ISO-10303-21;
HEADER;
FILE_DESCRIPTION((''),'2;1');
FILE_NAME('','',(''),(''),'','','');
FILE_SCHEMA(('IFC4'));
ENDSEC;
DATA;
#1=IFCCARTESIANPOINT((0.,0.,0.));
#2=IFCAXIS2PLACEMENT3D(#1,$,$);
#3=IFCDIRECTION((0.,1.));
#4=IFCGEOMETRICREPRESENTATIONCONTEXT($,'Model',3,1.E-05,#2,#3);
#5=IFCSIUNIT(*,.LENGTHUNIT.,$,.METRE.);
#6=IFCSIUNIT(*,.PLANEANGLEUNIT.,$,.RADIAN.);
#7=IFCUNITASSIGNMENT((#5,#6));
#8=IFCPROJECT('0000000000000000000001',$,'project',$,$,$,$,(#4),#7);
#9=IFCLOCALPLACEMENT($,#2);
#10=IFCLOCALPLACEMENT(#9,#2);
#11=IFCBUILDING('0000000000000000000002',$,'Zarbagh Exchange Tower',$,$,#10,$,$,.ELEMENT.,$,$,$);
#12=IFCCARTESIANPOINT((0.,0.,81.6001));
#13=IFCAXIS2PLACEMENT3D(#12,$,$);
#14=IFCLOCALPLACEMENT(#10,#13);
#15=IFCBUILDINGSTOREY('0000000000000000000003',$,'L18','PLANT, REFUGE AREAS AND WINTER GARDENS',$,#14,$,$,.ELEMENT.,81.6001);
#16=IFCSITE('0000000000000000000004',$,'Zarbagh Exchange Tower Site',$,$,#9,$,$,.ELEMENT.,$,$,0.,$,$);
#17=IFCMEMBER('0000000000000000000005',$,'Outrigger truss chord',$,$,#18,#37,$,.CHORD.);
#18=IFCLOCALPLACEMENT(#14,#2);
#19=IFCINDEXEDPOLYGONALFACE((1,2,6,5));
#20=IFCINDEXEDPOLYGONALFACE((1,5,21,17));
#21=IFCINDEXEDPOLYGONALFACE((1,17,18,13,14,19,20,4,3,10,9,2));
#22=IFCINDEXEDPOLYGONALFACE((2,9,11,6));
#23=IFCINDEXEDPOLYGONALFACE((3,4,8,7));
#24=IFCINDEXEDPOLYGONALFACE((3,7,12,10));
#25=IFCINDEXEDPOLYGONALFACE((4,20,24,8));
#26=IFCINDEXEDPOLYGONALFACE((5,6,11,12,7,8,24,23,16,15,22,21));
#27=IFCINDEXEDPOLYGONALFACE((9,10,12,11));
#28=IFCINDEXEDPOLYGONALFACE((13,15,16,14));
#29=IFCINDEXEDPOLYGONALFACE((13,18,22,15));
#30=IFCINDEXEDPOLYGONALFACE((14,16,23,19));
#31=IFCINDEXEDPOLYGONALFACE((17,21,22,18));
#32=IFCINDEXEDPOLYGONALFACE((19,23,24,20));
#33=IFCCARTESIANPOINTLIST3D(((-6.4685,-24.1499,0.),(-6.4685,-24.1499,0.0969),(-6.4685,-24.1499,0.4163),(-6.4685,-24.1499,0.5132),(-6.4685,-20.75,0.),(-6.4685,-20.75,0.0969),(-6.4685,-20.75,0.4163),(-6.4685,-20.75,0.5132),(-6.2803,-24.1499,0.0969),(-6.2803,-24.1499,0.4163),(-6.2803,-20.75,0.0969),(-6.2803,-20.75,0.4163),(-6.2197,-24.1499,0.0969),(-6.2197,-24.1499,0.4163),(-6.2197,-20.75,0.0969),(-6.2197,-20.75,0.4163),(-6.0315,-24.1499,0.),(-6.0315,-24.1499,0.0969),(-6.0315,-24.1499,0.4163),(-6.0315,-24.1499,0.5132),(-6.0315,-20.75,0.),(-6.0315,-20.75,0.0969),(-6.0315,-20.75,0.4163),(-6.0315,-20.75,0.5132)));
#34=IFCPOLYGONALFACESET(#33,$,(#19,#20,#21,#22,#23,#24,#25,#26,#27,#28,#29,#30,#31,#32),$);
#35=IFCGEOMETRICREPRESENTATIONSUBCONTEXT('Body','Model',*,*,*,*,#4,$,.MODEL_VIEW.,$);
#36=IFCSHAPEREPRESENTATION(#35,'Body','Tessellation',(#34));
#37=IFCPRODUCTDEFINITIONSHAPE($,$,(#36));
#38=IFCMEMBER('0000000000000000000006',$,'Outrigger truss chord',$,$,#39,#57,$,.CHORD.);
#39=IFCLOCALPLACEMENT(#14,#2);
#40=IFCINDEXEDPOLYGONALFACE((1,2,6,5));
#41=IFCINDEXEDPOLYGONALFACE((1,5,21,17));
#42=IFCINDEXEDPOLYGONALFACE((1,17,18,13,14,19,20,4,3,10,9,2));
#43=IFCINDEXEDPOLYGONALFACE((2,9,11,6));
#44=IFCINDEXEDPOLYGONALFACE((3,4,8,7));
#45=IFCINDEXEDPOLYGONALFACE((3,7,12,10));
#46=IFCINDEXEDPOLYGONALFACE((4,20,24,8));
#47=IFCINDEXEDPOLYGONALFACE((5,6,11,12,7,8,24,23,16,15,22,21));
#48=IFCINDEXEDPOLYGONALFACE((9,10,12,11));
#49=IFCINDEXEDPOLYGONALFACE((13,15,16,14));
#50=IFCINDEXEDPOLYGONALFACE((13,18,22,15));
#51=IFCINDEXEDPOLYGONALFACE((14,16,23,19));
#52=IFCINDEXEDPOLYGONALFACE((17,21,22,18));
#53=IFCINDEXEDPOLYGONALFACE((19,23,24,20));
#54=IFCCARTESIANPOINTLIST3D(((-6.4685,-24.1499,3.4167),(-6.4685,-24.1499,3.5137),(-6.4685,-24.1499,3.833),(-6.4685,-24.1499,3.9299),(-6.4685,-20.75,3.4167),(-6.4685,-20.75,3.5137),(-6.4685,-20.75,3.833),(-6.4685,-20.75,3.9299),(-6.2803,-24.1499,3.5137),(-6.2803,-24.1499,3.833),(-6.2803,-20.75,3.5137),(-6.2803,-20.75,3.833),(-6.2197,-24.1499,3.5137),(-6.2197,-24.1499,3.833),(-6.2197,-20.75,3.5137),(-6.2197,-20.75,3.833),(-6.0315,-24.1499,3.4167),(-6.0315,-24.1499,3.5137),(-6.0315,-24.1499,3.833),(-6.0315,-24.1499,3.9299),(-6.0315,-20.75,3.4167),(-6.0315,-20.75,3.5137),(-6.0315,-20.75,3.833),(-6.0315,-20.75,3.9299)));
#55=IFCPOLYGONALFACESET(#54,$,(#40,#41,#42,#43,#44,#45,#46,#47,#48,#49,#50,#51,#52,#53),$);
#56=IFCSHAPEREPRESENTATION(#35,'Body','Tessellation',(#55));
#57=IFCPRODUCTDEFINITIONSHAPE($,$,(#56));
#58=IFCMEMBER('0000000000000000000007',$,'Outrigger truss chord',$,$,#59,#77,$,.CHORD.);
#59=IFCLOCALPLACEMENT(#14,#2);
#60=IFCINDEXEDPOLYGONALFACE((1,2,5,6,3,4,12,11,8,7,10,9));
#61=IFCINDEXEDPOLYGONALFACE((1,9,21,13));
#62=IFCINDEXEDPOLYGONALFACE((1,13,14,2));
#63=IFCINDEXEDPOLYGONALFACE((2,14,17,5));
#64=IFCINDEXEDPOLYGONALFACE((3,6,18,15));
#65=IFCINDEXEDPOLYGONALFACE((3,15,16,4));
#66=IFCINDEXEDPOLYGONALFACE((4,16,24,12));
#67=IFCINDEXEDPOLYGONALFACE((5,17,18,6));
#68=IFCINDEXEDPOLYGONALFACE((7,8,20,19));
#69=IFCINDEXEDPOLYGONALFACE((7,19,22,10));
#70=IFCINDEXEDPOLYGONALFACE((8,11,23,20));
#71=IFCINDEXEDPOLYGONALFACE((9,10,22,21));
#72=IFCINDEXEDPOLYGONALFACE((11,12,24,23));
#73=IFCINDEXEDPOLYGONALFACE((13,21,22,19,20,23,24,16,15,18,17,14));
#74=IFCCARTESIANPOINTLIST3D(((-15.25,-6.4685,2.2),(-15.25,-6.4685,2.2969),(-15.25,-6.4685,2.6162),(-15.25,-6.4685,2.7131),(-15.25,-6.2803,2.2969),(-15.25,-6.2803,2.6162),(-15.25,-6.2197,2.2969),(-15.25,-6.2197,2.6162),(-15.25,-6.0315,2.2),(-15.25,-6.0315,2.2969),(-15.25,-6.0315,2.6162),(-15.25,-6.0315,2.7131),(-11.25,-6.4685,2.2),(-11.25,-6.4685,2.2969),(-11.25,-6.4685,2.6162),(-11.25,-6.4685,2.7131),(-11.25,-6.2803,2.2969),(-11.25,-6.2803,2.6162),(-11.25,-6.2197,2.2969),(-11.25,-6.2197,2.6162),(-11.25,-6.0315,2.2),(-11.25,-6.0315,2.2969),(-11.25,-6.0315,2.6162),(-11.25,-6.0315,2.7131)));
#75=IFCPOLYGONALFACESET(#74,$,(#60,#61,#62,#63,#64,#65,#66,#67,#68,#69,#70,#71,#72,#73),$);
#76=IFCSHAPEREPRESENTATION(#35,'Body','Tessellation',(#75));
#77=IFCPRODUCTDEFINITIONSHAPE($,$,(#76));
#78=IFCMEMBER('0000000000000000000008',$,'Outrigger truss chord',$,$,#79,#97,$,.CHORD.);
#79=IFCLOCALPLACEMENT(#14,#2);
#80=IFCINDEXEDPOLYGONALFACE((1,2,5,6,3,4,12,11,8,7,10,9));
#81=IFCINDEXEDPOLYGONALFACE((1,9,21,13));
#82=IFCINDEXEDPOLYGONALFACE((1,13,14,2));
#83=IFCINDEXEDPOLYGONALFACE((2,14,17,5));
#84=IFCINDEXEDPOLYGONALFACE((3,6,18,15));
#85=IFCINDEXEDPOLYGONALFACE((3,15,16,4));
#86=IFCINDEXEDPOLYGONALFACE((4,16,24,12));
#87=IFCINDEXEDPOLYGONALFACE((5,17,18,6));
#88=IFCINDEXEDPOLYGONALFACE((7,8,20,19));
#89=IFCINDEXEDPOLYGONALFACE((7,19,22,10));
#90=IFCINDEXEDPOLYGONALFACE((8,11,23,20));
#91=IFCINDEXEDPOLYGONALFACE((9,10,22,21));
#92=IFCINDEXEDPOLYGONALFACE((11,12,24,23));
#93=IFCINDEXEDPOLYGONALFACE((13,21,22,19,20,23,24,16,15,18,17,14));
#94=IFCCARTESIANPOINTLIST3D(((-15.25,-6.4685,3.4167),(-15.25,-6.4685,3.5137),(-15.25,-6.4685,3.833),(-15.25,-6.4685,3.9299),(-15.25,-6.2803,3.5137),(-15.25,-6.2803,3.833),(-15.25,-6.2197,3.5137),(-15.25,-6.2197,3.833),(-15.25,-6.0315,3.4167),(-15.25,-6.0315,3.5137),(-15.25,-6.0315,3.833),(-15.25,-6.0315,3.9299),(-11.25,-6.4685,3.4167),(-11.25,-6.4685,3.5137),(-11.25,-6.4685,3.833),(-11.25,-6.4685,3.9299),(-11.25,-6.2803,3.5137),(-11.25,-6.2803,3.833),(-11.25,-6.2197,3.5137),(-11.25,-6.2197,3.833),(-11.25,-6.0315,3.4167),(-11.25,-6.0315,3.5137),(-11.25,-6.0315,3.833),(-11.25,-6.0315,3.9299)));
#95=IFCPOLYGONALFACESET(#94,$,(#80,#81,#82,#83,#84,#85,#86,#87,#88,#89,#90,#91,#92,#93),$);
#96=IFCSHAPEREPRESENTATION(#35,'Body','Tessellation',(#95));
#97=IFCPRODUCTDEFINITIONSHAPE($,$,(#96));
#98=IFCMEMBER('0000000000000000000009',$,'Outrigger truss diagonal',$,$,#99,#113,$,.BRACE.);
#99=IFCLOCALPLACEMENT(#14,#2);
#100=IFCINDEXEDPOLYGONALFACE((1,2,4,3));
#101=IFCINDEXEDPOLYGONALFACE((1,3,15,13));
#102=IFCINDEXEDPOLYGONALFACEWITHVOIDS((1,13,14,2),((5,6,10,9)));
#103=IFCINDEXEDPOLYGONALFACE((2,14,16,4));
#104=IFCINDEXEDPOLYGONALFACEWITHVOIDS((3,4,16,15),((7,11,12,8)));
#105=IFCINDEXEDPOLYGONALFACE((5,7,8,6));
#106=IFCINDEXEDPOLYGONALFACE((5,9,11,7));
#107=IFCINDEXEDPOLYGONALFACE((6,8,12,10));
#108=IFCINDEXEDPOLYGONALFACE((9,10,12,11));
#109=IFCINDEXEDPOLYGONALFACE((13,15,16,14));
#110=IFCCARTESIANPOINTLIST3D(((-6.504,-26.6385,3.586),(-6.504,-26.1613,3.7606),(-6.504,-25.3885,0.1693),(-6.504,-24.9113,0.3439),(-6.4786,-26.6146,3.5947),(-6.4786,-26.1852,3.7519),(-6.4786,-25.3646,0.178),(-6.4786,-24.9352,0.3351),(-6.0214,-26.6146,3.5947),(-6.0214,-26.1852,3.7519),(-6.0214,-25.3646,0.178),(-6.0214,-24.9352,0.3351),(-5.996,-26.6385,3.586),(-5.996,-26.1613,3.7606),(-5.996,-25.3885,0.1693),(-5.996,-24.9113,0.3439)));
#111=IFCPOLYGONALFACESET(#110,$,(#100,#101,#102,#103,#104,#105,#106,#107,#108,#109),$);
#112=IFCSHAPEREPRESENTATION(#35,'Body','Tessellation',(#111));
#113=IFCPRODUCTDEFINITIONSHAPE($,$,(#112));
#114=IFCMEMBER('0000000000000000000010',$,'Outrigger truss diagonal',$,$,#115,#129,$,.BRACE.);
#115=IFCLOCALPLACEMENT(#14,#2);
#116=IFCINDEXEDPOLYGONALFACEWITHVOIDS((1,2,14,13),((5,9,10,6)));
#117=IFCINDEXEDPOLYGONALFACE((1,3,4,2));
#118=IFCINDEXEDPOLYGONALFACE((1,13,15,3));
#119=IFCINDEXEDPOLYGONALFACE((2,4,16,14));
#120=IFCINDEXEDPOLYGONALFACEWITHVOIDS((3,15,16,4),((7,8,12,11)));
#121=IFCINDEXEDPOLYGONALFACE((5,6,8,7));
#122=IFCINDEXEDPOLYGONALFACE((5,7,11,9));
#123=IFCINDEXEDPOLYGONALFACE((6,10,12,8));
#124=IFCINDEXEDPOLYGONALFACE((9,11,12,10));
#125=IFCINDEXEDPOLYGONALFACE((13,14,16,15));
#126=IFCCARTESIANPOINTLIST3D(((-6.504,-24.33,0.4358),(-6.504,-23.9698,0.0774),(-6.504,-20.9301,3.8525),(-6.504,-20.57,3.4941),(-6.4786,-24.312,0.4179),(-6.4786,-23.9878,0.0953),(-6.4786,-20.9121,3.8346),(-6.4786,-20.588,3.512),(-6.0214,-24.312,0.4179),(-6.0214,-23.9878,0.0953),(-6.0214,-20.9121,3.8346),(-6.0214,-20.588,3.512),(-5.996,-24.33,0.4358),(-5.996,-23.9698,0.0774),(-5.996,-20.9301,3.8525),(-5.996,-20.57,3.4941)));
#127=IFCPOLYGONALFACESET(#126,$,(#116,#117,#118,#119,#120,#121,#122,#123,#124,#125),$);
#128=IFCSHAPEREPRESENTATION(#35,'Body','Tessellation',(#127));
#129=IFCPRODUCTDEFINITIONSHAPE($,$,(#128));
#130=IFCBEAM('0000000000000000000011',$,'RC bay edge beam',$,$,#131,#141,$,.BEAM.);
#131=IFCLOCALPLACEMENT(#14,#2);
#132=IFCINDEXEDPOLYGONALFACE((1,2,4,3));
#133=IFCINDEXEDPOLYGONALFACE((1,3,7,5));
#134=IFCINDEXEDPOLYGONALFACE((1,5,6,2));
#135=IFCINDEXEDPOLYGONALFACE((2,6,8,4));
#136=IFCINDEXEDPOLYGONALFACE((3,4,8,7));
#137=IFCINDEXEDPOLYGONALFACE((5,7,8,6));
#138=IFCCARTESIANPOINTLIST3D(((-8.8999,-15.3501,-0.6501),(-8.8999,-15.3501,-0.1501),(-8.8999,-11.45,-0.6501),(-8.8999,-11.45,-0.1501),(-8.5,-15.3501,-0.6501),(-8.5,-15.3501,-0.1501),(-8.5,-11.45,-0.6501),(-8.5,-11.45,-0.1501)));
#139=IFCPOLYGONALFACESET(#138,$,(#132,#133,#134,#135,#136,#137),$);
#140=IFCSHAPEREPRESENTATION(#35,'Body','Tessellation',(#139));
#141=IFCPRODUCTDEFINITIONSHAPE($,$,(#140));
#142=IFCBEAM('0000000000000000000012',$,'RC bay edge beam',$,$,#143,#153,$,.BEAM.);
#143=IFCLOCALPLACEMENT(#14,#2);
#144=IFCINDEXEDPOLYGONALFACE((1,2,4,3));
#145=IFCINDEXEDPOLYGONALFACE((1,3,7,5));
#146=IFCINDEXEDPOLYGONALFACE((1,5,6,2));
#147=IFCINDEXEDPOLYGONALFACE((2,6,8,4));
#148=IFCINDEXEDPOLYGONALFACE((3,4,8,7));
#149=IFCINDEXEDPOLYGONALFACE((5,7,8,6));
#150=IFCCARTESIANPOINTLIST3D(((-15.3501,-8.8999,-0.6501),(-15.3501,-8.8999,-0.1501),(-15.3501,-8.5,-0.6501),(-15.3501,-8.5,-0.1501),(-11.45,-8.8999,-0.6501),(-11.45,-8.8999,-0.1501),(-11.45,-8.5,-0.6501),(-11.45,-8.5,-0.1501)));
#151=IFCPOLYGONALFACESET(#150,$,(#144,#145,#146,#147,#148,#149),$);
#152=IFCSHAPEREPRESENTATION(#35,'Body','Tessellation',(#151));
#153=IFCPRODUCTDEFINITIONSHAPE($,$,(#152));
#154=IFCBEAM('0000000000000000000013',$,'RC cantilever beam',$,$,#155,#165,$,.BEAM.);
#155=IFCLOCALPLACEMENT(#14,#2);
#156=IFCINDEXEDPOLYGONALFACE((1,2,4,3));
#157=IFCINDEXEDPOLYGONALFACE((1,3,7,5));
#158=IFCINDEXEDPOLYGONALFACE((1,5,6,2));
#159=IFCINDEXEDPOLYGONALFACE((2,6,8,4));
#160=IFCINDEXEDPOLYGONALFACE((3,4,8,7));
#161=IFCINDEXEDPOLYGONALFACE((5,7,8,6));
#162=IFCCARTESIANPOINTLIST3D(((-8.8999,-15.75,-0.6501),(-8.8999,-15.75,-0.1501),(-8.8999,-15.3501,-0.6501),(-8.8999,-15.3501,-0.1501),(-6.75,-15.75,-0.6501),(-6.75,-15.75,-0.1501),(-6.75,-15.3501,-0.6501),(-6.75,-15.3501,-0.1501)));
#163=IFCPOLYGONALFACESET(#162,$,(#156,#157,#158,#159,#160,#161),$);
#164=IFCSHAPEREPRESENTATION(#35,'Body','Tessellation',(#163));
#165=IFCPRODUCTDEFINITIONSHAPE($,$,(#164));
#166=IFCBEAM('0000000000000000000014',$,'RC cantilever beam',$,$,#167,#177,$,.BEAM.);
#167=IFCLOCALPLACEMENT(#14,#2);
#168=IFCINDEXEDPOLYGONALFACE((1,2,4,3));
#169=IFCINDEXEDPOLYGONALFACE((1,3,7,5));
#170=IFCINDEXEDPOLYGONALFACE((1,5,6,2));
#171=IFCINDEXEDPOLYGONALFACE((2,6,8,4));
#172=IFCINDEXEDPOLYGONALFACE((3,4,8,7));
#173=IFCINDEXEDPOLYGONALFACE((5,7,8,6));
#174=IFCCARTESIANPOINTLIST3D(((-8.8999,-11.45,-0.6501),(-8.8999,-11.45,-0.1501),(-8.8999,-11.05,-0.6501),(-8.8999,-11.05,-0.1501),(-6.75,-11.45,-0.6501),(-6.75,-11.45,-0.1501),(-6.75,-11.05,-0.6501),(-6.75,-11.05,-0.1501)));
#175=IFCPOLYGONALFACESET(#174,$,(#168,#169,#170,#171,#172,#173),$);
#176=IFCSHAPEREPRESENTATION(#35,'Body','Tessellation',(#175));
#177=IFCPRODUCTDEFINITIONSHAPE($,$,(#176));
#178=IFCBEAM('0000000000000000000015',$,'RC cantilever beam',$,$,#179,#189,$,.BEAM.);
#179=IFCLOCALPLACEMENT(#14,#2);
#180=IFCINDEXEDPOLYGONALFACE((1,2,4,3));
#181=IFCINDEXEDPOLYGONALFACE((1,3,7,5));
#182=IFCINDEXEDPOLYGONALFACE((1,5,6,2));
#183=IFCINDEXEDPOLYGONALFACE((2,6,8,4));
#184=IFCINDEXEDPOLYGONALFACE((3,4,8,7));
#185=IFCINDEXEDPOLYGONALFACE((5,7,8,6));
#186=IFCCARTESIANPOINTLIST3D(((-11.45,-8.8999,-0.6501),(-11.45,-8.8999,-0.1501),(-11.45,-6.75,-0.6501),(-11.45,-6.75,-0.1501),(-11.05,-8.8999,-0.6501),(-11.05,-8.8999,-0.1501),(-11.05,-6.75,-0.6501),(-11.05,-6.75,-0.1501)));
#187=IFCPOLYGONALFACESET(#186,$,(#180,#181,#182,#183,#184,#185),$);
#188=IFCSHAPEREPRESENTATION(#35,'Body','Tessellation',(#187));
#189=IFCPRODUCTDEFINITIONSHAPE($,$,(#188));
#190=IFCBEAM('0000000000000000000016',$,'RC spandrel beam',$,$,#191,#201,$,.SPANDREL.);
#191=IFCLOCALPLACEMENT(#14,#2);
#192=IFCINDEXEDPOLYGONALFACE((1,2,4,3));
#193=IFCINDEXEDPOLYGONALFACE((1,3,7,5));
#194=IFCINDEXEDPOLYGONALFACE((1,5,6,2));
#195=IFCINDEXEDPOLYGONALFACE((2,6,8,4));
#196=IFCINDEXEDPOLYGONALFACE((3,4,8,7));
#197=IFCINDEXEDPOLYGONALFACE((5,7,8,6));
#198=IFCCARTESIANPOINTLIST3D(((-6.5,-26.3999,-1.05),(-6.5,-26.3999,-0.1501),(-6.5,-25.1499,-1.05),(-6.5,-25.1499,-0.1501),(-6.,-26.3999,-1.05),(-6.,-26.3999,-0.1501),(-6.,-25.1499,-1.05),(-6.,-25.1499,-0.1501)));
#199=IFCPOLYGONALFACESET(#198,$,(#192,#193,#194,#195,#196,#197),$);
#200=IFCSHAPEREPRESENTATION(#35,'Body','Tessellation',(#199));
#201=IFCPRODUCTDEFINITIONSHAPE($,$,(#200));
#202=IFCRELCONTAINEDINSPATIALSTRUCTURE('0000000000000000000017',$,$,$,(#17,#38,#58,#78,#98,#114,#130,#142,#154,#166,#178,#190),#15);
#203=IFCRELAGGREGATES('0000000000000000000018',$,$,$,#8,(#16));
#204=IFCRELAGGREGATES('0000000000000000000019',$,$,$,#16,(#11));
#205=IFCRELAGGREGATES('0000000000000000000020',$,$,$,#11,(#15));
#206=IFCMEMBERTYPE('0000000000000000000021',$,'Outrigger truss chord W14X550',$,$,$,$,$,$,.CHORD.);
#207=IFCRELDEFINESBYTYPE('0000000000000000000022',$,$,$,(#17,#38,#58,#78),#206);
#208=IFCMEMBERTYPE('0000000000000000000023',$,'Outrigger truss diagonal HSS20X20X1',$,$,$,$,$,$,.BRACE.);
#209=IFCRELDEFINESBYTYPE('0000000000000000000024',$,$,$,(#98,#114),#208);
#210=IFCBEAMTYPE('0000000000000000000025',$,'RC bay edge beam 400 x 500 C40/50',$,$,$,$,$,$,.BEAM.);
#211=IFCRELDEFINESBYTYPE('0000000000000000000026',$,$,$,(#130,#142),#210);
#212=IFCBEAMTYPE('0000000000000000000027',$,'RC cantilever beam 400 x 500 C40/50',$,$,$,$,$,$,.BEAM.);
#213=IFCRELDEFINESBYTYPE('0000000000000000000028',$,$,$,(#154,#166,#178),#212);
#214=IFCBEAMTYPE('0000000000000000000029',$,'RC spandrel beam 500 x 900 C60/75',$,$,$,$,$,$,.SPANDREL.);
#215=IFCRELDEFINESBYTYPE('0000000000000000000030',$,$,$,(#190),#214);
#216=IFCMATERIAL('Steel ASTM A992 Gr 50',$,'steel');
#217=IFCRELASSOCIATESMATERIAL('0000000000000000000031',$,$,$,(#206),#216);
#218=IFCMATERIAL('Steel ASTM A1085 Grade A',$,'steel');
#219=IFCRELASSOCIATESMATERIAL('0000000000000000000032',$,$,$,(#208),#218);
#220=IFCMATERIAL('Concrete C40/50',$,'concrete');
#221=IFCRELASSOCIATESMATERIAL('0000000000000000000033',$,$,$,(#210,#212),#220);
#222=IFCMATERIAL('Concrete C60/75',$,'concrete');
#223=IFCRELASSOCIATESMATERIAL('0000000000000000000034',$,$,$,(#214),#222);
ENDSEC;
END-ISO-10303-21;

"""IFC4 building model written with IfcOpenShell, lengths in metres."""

from ifc_helpers import new_model, si_unit, direction, frame, origin, origin_2d, place, context, subcontext, project, spatial, rectangle, hollow_rectangle, i_section, extrude, material, material_profile, profile_set, type_object, element, save


model = new_model("IFC4")

# Units and contexts
model_context = context("Model", 3, precision=1e-05, world=origin(), true_north=direction((0.0, 1.0)))
body_context = subcontext(model_context, "Body", "Model", "MODEL_VIEW")
ifc_project = project(units=[si_unit("LENGTHUNIT", "METRE"), si_unit("PLANEANGLEUNIT", "RADIAN")], contexts=[model_context])

# Site, building, storey
site_placement = place(None, origin())
site = spatial("IfcSite", under=ifc_project, at=site_placement, Name="Zarbagh Exchange Tower Site", CompositionType="ELEMENT", RefElevation=0.0)
building_placement = place(site_placement, origin())
building = spatial("IfcBuilding", under=site, at=building_placement, Name="Zarbagh Exchange Tower", CompositionType="ELEMENT")
storey_placement = place(building_placement, frame((0.0, 0.0, 81.6001)))
storey = spatial("IfcBuildingStorey", under=building, at=storey_placement, Name="L18", Description="PLANT, REFUGE AREAS AND WINTER GARDENS", CompositionType="ELEMENT", Elevation=81.6001)

# Shared definitions
ifc_material_1 = material(Name="Concrete C60/75", Category="concrete")

# Shared definitions
ifc_material_2 = material(Name="Steel ASTM A992 Gr 50", Category="steel")

# Members
ifc_material_profile_1 = material_profile(ifc_material_2, i_section(OverallWidth=0.437, OverallDepth=0.5132, WebThickness=0.0605, FlangeThickness=0.0969, at=origin_2d()), Name="W14X550")
ifc_profile_set_1 = profile_set([ifc_material_profile_1], Name="Steel ASTM A992 Gr 50")
member_type_1 = type_object("IfcMemberType", Name="Outrigger truss chord W14X550", PredefinedType="CHORD", material=ifc_profile_set_1)
for number, where, z_axis, x_axis, name in (
    (1, (-6.25, -24.1499, 0.2566), (0.0, 1.0, 0.0), (-1.0, 0.0, 0.0), "Outrigger truss chord"),
    (2, (-6.25, -24.1499, 3.6733), (0.0, 1.0, 0.0), (-1.0, 0.0, 0.0), "Outrigger truss chord"),
):
    element("IfcMember", number, at=place(storey_placement, frame(where, z_axis=z_axis, x_axis=x_axis)), inside=storey, type_object=member_type_1, Name=name, PredefinedType="CHORD", context=body_context, shape_type="SweptSolid", body=[
        extrude(i_section(OverallWidth=0.437, OverallDepth=0.5132, WebThickness=0.0605, FlangeThickness=0.0969, at=origin_2d()), origin(), (0.0, 0.0, 1.0), 3.3999),
    ])
for number, where, z_axis, x_axis, name in (
    (3, (-11.25, -6.25, 2.4565), (-1.0, 0.0, 0.0), (0.0, -1.0, 0.0), "Outrigger truss chord"),
    (4, (-11.25, -6.25, 3.6733), (-1.0, 0.0, 0.0), (0.0, -1.0, 0.0), "Outrigger truss chord"),
):
    element("IfcMember", number, at=place(storey_placement, frame(where, z_axis=z_axis, x_axis=x_axis)), inside=storey, type_object=member_type_1, Name=name, PredefinedType="CHORD", context=body_context, shape_type="SweptSolid", body=[
        extrude(i_section(OverallWidth=0.437, OverallDepth=0.5132, WebThickness=0.0605, FlangeThickness=0.0969, at=origin_2d()), origin(), (0.0, 0.0, 1.0), 4.0),
    ])
ifc_material_3 = material(Name="Steel ASTM A1085 Grade A", Category="steel")
ifc_material_profile_2 = material_profile(ifc_material_3, hollow_rectangle(XDim=0.5081, YDim=0.5081, WallThickness=0.0254, at=origin_2d()), Name="HSS20X20X1")
ifc_profile_set_2 = profile_set([ifc_material_profile_2], Name="Steel ASTM A1085 Grade A")
member_type_2 = type_object("IfcMemberType", Name="Outrigger truss diagonal HSS20X20X1", PredefinedType="BRACE", material=ifc_profile_set_2)
member_1_placement = place(storey_placement, frame((-6.25, -25.1499, 0.2566), z_axis=(0.0, -0.343574, 0.939125), x_axis=(1.0, 0.0, 0.0)))
element("IfcMember", 5, at=member_1_placement, inside=storey, type_object=member_type_2, Name="Outrigger truss diagonal", PredefinedType="BRACE", context=body_context, shape_type="SweptSolid", body=[
    extrude(hollow_rectangle(XDim=0.5081, YDim=0.5081, WallThickness=0.0254, at=origin_2d()), origin(), (0.0, 0.0, 1.0), 3.6382),
])
member_2_placement = place(storey_placement, frame((-6.25, -24.1499, 0.2566), z_axis=(0.0, 0.705357, 0.708852), x_axis=(-1.0, 0.0, 0.0)))
element("IfcMember", 6, at=member_2_placement, inside=storey, type_object=member_type_2, Name="Outrigger truss diagonal", PredefinedType="BRACE", context=body_context, shape_type="SweptSolid", body=[
    extrude(hollow_rectangle(XDim=0.5081, YDim=0.5081, WallThickness=0.0254, at=origin_2d()), origin(), (0.0, 0.0, 1.0), 4.8201),
])

# Beams
ifc_material_4 = material(Name="Concrete C40/50", Category="concrete")
ifc_material_profile_3 = material_profile(ifc_material_4, rectangle(XDim=0.3999, YDim=0.5, at=origin_2d()), Name="RC bay edge beam 400 x 500 C40/50")
ifc_profile_set_3 = profile_set([ifc_material_profile_3], Name="Concrete C40/50")
beam_type_1 = type_object("IfcBeamType", Name="RC bay edge beam 400 x 500 C40/50", PredefinedType="BEAM", material=ifc_profile_set_3)
for number, where, z_axis, x_axis, name in (
    (7, (-8.7, -15.3501, -0.4001), (0.0, 1.0, 0.0), (-1.0, 0.0, 0.0), "RC bay edge beam"),
    (8, (-15.3501, -8.7, -0.4001), (1.0, 0.0, 0.0), (0.0, 1.0, 0.0), "RC bay edge beam"),
):
    element("IfcBeam", number, at=place(storey_placement, frame(where, z_axis=z_axis, x_axis=x_axis)), inside=storey, type_object=beam_type_1, Name=name, PredefinedType="BEAM", context=body_context, shape_type="SweptSolid", body=[
        extrude(rectangle(XDim=0.3999, YDim=0.5, at=origin_2d()), origin(), (0.0, 0.0, 1.0), 3.9001),
    ])
ifc_material_profile_4 = material_profile(ifc_material_4, rectangle(XDim=0.3999, YDim=0.5, at=origin_2d()), Name="RC cantilever beam 400 x 500 C40/50")
ifc_profile_set_4 = profile_set([ifc_material_profile_4], Name="Concrete C40/50")
beam_type_2 = type_object("IfcBeamType", Name="RC cantilever beam 400 x 500 C40/50", PredefinedType="BEAM", material=ifc_profile_set_4)
for number, where, z_axis, x_axis, name in (
    (9, (-6.75, -15.55, -0.4001), (-1.0, 0.0, 0.0), (0.0, -1.0, 0.0), "RC cantilever beam"),
    (10, (-6.75, -11.25, -0.4001), (-1.0, 0.0, 0.0), (0.0, -1.0, 0.0), "RC cantilever beam"),
    (11, (-11.25, -6.75, -0.4001), (0.0, -1.0, 0.0), (1.0, 0.0, 0.0), "RC cantilever beam"),
):
    element("IfcBeam", number, at=place(storey_placement, frame(where, z_axis=z_axis, x_axis=x_axis)), inside=storey, type_object=beam_type_2, Name=name, PredefinedType="BEAM", context=body_context, shape_type="SweptSolid", body=[
        extrude(rectangle(XDim=0.3999, YDim=0.5, at=origin_2d()), origin(), (0.0, 0.0, 1.0), 2.1499),
    ])
ifc_material_profile_5 = material_profile(ifc_material_1, rectangle(XDim=0.5, YDim=0.8999, at=origin_2d()), Name="RC spandrel beam 500 x 900 C60/75")
ifc_profile_set_5 = profile_set([ifc_material_profile_5], Name="Concrete C60/75")
beam_type_3 = type_object("IfcBeamType", Name="RC spandrel beam 500 x 900 C60/75", PredefinedType="SPANDREL", material=ifc_profile_set_5)
beam_1_placement = place(storey_placement, frame((-6.25, -26.3999, -0.6001), z_axis=(0.0, 1.0, 0.0), x_axis=(-1.0, 0.0, 0.0)))
element("IfcBeam", 12, at=beam_1_placement, inside=storey, type_object=beam_type_3, Name="RC spandrel beam", PredefinedType="SPANDREL", context=body_context, shape_type="SweptSolid", body=[
    extrude(rectangle(XDim=0.5, YDim=0.8999, at=origin_2d()), origin(), (0.0, 0.0, 1.0), 1.25),
])

save(model, "model.ifc")
